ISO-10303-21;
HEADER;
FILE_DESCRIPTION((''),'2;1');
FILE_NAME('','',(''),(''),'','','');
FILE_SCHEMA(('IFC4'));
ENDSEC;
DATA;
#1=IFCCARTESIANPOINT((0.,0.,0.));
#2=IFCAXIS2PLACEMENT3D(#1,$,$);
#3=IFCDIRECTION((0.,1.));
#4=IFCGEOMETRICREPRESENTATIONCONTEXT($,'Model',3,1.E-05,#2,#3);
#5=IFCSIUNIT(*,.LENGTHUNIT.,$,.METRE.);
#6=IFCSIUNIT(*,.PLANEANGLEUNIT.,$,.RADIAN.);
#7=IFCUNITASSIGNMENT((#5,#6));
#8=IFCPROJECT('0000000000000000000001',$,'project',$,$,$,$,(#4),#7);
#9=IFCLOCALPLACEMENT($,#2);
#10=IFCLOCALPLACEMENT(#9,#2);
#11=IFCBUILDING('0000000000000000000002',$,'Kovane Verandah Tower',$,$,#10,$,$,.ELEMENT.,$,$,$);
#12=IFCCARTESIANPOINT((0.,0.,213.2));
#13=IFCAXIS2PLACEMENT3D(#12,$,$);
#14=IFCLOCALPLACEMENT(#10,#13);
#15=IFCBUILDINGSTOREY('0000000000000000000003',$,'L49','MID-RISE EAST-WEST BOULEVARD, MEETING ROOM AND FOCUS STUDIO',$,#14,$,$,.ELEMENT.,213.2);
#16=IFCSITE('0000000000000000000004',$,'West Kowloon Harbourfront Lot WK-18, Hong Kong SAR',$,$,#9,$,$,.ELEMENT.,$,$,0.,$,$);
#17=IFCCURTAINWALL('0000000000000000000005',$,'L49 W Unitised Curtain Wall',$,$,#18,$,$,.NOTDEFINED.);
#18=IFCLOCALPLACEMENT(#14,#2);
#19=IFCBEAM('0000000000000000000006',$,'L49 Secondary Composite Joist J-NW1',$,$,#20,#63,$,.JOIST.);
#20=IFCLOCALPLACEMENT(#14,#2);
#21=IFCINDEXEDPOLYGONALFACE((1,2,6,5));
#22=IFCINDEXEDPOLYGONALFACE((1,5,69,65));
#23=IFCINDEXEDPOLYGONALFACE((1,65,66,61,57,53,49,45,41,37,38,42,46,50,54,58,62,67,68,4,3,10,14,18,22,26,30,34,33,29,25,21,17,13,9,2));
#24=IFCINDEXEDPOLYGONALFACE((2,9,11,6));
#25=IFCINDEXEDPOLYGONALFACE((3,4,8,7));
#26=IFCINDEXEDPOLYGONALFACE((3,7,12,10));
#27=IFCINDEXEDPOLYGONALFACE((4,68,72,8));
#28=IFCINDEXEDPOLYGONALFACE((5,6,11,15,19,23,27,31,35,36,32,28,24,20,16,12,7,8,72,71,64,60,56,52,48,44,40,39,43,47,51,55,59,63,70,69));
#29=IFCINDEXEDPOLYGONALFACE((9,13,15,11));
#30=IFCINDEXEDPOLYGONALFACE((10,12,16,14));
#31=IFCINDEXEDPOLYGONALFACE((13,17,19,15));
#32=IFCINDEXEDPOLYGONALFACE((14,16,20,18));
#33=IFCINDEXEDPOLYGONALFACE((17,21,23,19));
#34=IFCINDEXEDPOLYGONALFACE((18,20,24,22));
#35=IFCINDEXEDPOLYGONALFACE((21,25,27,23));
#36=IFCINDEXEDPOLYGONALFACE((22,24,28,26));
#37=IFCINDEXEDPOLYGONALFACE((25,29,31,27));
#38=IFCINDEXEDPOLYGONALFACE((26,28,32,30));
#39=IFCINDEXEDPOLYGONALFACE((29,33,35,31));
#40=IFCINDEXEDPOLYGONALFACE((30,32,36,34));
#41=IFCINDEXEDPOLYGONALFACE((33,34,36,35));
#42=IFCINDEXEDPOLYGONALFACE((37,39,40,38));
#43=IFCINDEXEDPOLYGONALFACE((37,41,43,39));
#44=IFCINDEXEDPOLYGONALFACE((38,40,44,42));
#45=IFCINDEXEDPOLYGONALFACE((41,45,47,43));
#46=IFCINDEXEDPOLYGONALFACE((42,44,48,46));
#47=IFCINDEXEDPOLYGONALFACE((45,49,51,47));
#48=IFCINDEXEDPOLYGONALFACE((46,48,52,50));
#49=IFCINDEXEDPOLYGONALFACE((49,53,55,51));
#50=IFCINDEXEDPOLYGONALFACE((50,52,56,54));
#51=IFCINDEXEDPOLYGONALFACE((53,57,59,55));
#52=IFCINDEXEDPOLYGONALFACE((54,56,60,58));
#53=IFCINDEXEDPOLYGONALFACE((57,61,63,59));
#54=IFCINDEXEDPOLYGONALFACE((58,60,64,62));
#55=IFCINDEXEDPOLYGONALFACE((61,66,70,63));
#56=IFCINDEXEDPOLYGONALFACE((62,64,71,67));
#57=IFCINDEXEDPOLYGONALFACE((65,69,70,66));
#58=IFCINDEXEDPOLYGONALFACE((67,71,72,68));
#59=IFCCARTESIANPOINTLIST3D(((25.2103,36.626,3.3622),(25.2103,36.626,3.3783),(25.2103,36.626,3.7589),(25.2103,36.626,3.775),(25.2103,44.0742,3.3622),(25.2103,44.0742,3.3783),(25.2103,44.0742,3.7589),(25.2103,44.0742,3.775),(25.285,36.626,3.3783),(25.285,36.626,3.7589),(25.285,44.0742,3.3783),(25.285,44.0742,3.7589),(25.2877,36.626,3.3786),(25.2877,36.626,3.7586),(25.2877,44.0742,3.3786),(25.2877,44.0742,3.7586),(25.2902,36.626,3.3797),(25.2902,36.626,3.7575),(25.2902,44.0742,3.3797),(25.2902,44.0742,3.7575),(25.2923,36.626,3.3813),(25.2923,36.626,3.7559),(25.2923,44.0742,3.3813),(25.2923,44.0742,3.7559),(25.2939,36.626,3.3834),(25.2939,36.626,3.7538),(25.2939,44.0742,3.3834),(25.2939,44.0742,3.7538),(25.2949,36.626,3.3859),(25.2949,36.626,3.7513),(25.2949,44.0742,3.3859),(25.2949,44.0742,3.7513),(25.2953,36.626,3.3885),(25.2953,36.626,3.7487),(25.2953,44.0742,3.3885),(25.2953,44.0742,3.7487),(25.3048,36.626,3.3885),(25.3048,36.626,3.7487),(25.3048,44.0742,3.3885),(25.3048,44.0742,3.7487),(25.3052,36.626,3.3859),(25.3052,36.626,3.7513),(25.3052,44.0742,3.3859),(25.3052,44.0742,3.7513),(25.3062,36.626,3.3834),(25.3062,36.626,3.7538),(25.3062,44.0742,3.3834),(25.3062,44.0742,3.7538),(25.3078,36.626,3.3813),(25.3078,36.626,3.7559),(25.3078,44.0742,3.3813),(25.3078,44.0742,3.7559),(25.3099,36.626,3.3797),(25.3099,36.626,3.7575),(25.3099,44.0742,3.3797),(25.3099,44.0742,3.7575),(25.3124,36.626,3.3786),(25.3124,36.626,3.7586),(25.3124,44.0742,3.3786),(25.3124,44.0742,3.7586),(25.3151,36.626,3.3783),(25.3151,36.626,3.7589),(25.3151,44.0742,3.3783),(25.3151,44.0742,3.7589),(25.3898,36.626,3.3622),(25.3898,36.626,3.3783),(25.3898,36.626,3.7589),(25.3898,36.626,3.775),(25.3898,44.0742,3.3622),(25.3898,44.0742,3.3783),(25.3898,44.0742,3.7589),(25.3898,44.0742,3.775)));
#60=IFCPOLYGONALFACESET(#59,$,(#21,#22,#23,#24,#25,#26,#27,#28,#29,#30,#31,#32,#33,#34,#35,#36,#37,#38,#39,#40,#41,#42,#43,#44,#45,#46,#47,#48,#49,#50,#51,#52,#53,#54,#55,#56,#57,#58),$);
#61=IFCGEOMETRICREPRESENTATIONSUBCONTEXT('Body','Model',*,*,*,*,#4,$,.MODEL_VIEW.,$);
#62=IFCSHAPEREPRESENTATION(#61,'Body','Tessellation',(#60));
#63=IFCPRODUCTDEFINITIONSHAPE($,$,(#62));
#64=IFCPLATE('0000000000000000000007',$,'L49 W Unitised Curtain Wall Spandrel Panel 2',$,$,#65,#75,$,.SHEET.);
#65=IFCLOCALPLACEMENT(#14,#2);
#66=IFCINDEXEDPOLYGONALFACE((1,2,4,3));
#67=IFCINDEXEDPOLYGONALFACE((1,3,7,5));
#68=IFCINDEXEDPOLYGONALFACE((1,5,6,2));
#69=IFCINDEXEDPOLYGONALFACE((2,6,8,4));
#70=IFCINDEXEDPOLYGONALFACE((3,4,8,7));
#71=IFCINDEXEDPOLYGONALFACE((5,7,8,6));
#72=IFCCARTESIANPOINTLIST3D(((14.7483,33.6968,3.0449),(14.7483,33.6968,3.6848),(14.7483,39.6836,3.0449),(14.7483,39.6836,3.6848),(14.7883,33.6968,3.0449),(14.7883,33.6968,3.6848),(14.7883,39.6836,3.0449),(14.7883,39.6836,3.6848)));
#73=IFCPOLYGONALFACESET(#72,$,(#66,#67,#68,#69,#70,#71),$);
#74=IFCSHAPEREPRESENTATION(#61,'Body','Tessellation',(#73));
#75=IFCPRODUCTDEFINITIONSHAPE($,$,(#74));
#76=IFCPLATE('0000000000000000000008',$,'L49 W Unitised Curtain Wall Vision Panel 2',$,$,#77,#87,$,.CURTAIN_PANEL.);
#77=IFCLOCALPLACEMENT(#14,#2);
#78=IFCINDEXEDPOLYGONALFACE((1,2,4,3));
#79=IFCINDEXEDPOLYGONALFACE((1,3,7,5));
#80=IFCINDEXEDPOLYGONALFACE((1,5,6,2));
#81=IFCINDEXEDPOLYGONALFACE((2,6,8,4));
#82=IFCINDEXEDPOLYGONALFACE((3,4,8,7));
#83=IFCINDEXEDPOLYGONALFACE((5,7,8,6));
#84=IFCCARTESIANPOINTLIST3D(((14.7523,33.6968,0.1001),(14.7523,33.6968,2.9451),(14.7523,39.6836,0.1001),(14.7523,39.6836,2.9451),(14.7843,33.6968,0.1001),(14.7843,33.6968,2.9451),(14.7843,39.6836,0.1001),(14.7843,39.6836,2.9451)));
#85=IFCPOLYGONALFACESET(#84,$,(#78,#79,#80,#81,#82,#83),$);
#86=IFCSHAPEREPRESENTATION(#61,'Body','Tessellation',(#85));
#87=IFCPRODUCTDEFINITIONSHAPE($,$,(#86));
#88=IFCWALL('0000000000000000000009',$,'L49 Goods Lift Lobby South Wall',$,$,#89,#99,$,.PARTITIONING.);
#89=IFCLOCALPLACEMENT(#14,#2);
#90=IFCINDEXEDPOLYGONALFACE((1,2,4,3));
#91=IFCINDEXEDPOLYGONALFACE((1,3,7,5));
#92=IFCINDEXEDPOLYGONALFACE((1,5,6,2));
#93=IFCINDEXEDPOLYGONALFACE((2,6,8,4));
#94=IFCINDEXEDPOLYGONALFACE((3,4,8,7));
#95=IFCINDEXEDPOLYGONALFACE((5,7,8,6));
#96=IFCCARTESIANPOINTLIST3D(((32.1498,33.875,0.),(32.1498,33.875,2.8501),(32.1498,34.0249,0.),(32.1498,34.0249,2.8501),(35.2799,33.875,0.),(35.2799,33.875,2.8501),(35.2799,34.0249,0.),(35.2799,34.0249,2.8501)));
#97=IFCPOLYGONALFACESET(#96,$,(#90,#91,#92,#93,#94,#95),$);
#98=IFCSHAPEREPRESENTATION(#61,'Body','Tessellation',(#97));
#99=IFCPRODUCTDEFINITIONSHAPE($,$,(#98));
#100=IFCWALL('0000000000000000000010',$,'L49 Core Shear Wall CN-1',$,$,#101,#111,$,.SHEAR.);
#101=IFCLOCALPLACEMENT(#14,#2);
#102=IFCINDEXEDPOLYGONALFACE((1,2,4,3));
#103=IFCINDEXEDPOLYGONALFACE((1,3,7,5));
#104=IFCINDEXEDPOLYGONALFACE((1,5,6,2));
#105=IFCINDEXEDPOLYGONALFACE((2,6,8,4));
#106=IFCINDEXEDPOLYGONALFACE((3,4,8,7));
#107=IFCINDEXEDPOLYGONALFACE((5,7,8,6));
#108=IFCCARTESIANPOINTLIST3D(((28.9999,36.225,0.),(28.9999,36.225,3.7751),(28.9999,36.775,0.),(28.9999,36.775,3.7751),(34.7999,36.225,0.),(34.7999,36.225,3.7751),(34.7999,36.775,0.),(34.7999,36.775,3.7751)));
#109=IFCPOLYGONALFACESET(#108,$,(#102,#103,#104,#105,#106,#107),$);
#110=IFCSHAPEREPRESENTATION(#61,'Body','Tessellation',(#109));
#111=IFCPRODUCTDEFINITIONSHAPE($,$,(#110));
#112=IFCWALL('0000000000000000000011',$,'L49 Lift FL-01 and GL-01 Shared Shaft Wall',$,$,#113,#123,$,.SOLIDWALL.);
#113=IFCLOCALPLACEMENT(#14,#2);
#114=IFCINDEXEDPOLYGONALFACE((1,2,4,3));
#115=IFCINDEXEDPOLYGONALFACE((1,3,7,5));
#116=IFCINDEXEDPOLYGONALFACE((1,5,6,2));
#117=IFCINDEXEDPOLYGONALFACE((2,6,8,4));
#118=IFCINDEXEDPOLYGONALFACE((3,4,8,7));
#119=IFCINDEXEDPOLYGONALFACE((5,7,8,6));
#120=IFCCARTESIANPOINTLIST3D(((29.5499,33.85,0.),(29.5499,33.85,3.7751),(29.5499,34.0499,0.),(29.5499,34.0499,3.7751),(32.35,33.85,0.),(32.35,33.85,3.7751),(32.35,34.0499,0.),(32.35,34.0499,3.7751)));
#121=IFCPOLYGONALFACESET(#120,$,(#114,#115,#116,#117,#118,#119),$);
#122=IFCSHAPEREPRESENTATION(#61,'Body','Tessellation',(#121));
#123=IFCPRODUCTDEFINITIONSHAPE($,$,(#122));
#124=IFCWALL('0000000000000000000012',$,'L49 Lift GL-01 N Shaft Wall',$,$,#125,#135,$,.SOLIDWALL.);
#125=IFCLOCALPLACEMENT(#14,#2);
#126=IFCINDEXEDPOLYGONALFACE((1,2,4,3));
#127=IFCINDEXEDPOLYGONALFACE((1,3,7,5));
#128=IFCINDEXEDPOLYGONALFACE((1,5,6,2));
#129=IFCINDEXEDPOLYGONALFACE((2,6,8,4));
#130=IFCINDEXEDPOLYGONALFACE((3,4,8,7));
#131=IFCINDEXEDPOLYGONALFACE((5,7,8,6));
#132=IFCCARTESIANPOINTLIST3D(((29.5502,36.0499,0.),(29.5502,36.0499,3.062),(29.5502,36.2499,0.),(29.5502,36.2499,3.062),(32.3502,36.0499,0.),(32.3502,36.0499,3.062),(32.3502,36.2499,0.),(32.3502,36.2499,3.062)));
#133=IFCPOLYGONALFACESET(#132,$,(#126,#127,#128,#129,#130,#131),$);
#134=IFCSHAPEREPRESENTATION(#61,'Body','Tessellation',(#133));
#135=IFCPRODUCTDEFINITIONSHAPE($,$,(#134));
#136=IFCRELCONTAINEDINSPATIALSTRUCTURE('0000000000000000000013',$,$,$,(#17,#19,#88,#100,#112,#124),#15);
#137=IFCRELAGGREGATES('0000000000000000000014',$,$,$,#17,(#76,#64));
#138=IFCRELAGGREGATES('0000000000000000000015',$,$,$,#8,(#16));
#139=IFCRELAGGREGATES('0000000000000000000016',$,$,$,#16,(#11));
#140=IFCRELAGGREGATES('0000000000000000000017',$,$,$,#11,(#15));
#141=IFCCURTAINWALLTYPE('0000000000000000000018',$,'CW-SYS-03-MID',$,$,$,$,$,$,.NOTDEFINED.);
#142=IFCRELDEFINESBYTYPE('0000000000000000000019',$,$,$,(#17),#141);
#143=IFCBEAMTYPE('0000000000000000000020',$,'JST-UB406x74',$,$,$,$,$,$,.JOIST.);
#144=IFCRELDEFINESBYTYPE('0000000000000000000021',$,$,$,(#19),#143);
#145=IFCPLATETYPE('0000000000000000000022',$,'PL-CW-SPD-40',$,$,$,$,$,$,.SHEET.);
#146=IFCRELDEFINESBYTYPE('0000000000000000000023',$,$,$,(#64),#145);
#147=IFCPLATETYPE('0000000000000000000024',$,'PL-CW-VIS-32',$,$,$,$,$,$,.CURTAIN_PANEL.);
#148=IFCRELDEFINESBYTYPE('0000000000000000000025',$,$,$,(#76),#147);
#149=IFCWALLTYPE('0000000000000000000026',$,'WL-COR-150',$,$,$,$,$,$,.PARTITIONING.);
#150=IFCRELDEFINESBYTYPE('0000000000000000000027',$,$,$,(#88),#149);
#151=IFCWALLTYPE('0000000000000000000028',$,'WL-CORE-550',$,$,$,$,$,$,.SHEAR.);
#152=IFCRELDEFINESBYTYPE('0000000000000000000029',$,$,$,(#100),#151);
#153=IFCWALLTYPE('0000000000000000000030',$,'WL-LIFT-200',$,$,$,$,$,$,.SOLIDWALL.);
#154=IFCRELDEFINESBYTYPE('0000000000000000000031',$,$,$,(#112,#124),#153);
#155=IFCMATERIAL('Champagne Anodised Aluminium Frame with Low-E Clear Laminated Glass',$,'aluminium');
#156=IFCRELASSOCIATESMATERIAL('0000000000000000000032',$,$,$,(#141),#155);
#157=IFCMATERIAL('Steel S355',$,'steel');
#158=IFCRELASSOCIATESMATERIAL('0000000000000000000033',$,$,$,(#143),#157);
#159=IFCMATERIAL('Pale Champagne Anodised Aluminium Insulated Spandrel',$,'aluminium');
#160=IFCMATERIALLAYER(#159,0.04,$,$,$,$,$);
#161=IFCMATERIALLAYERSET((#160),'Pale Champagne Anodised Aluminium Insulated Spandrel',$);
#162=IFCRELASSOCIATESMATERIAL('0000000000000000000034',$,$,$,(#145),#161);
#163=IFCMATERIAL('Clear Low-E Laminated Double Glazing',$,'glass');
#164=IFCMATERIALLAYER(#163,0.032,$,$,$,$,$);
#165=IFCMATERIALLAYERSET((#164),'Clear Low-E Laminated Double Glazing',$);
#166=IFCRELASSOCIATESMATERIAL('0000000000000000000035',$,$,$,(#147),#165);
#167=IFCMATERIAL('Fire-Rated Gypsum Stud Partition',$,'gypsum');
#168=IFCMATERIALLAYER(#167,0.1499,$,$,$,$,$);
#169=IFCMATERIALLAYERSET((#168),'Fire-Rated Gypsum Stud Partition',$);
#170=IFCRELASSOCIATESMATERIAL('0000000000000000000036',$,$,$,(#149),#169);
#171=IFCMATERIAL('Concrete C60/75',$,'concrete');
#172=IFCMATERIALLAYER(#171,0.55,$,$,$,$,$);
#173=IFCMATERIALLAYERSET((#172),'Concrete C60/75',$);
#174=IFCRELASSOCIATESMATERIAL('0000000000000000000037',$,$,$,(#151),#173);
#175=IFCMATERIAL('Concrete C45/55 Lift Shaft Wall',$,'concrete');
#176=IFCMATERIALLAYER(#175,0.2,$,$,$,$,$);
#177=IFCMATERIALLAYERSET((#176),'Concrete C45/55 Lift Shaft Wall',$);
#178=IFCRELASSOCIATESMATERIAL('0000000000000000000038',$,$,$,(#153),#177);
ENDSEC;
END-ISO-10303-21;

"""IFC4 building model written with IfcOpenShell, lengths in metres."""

from ifc_helpers import new_model, si_unit, direction, frame, frame_2d, origin, origin_2d, place, context, subcontext, project, spatial, rectangle, i_section, extrude, material, layer, layer_set, material_profile, profile_set, type_object, element, aggregate, save


model = new_model("IFC4")

# Units and contexts
model_context = context("Model", 3, precision=1e-05, world=origin(), true_north=direction((0.0, 1.0)))
body_context = subcontext(model_context, "Body", "Model", "MODEL_VIEW")
ifc_project = project(units=[si_unit("LENGTHUNIT", "METRE"), si_unit("PLANEANGLEUNIT", "RADIAN")], contexts=[model_context])

# Site, building, storey
site_placement = place(None, origin())
site = spatial("IfcSite", under=ifc_project, at=site_placement, Name="West Kowloon Harbourfront Lot WK-18, Hong Kong SAR", CompositionType="ELEMENT", RefElevation=0.0)
building_placement = place(site_placement, origin())
building = spatial("IfcBuilding", under=site, at=building_placement, Name="Kovane Verandah Tower", CompositionType="ELEMENT")
storey_placement = place(building_placement, frame((0.0, 0.0, 213.2)))
storey = spatial("IfcBuildingStorey", under=building, at=storey_placement, Name="L49", Description="MID-RISE EAST-WEST BOULEVARD, MEETING ROOM AND FOCUS STUDIO", CompositionType="ELEMENT", Elevation=213.2)

# Shared definitions
ifc_material_1 = material(Name="Concrete C60/75", Category="concrete")

# Shared definitions
ifc_material_2 = material(Name="Steel S355", Category="steel")

# Curtain wall
ifc_material_3 = material(Name="Champagne Anodised Aluminium Frame with Low-E Clear Laminated Glass", Category="aluminium")
curtain_wall_type = type_object("IfcCurtainWallType", Name="CW-SYS-03-MID", PredefinedType="NOTDEFINED", material=ifc_material_3)
curtain_wall_placement = place(storey_placement, origin())
curtain_wall = element("IfcCurtainWall", 1, at=curtain_wall_placement, inside=storey, type_object=curtain_wall_type, Name="L49 W Unitised Curtain Wall", PredefinedType="NOTDEFINED")

# Beam
ifc_material_profile_1 = material_profile(ifc_material_2, i_section(OverallWidth=0.1794, OverallDepth=0.4128, WebThickness=0.0095, FlangeThickness=0.0161, FilletRadius=0.0103, at=origin_2d()), Name="UB406x178x74")
ifc_profile_set_1 = profile_set([ifc_material_profile_1], Name="Steel S355")
beam_type_1 = type_object("IfcBeamType", Name="JST-UB406x74", PredefinedType="JOIST", material=ifc_profile_set_1)
beam_1_placement = place(storey_placement, frame((25.3, 36.626, 3.5686), z_axis=(0.0, 1.0, 0.0), x_axis=(-1.0, 0.0, 0.0)))
element("IfcBeam", 2, at=beam_1_placement, inside=storey, type_object=beam_type_1, Name="L49 Secondary Composite Joist J-NW1", PredefinedType="JOIST", context=body_context, shape_type="SweptSolid", body=[
    extrude(i_section(OverallWidth=0.1794, OverallDepth=0.4128, WebThickness=0.0095, FlangeThickness=0.0161, FilletRadius=0.0103, at=origin_2d()), origin(), (0.0, 0.0, 1.0), 7.4482),
])

# Plates
ifc_material_4 = material(Name="Pale Champagne Anodised Aluminium Insulated Spandrel", Category="aluminium")
ifc_layer_1 = layer(ifc_material_4, 0.04)
ifc_layer_set_1 = layer_set([ifc_layer_1], Name="Pale Champagne Anodised Aluminium Insulated Spandrel")
plate_type_1 = type_object("IfcPlateType", Name="PL-CW-SPD-40", PredefinedType="SHEET", material=ifc_layer_set_1)
plate_1_placement = place(storey_placement, frame((14.7683, 36.6902, 3.0449), z_axis=(0.0, 0.0, 1.0), x_axis=(0.0, -1.0, 0.0)))
plate_1 = element("IfcPlate", 3, at=plate_1_placement, type_object=plate_type_1, Name="L49 W Unitised Curtain Wall Spandrel Panel 2", PredefinedType="SHEET", context=body_context, shape_type="SweptSolid", body=[
    extrude(rectangle(XDim=5.9868, YDim=0.04, at=origin_2d()), origin(), (0.0, 0.0, 1.0), 0.6399),
])
ifc_material_5 = material(Name="Clear Low-E Laminated Double Glazing", Category="glass")
ifc_layer_2 = layer(ifc_material_5, 0.032)
ifc_layer_set_2 = layer_set([ifc_layer_2], Name="Clear Low-E Laminated Double Glazing")
plate_type_2 = type_object("IfcPlateType", Name="PL-CW-VIS-32", PredefinedType="CURTAIN_PANEL", material=ifc_layer_set_2)
plate_2_placement = place(storey_placement, frame((14.7683, 36.6902, 0.1001), z_axis=(0.0, 0.0, 1.0), x_axis=(0.0, -1.0, 0.0)))
plate_2 = element("IfcPlate", 4, at=plate_2_placement, type_object=plate_type_2, Name="L49 W Unitised Curtain Wall Vision Panel 2", PredefinedType="CURTAIN_PANEL", context=body_context, shape_type="SweptSolid", body=[
    extrude(rectangle(XDim=5.9868, YDim=0.032, at=origin_2d()), origin(), (0.0, 0.0, 1.0), 2.845),
])
aggregate(curtain_wall, [plate_2, plate_1])

# Walls
ifc_material_6 = material(Name="Fire-Rated Gypsum Stud Partition", Category="gypsum")
ifc_layer_3 = layer(ifc_material_6, 0.1499)
ifc_layer_set_3 = layer_set([ifc_layer_3], Name="Fire-Rated Gypsum Stud Partition")
wall_type_1 = type_object("IfcWallType", Name="WL-COR-150", PredefinedType="PARTITIONING", material=ifc_layer_set_3)
wall_1_placement = place(storey_placement, frame((32.1499, 33.95, 0.0), z_axis=(0.0, 0.0, 1.0), x_axis=(1.0, 0.0, 0.0)))
element("IfcWall", 5, at=wall_1_placement, inside=storey, type_object=wall_type_1, Name="L49 Goods Lift Lobby South Wall", PredefinedType="PARTITIONING", context=body_context, shape_type="SweptSolid", body=[
    extrude(rectangle(XDim=3.1301, YDim=0.1499, at=frame_2d((1.5649, 0.0))), origin(), (0.0, 0.0, 1.0), 2.8501),
])
ifc_layer_4 = layer(ifc_material_1, 0.55)
ifc_layer_set_4 = layer_set([ifc_layer_4], Name="Concrete C60/75")
wall_type_2 = type_object("IfcWallType", Name="WL-CORE-550", PredefinedType="SHEAR", material=ifc_layer_set_4)
wall_2_placement = place(storey_placement, frame((29.0, 36.5, 0.0), z_axis=(0.0, 0.0, 1.0), x_axis=(1.0, 0.0, 0.0)))
element("IfcWall", 6, at=wall_2_placement, inside=storey, type_object=wall_type_2, Name="L49 Core Shear Wall CN-1", PredefinedType="SHEAR", context=body_context, shape_type="SweptSolid", body=[
    extrude(rectangle(XDim=5.8, YDim=0.55, at=frame_2d((2.8999, 0.0))), origin(), (0.0, 0.0, 1.0), 3.7751),
])
ifc_material_7 = material(Name="Concrete C45/55 Lift Shaft Wall", Category="concrete")
ifc_layer_5 = layer(ifc_material_7, 0.2)
ifc_layer_set_5 = layer_set([ifc_layer_5], Name="Concrete C45/55 Lift Shaft Wall")
wall_type_3 = type_object("IfcWallType", Name="WL-LIFT-200", PredefinedType="SOLIDWALL", material=ifc_layer_set_5)
wall_3_placement = place(storey_placement, frame((29.55, 33.95, 0.0), z_axis=(0.0, 0.0, 1.0), x_axis=(1.0, 0.0, 0.0)))
element("IfcWall", 7, at=wall_3_placement, inside=storey, type_object=wall_type_3, Name="L49 Lift FL-01 and GL-01 Shared Shaft Wall", PredefinedType="SOLIDWALL", context=body_context, shape_type="SweptSolid", body=[
    extrude(rectangle(XDim=2.8, YDim=0.2, at=frame_2d((1.3999, 0.0))), origin(), (0.0, 0.0, 1.0), 3.7751),
])
wall_4_placement = place(storey_placement, frame((32.3501, 36.1499, 0.0), z_axis=(0.0, 0.0, 1.0), x_axis=(-1.0, 0.0, 0.0)))
element("IfcWall", 8, at=wall_4_placement, inside=storey, type_object=wall_type_3, Name="L49 Lift GL-01 N Shaft Wall", PredefinedType="SOLIDWALL", context=body_context, shape_type="SweptSolid", body=[
    extrude(rectangle(XDim=2.8, YDim=0.2, at=frame_2d((1.3999, 0.0))), origin(), (0.0, 0.0, 1.0), 3.062),
])

save(model, "model.ifc")
